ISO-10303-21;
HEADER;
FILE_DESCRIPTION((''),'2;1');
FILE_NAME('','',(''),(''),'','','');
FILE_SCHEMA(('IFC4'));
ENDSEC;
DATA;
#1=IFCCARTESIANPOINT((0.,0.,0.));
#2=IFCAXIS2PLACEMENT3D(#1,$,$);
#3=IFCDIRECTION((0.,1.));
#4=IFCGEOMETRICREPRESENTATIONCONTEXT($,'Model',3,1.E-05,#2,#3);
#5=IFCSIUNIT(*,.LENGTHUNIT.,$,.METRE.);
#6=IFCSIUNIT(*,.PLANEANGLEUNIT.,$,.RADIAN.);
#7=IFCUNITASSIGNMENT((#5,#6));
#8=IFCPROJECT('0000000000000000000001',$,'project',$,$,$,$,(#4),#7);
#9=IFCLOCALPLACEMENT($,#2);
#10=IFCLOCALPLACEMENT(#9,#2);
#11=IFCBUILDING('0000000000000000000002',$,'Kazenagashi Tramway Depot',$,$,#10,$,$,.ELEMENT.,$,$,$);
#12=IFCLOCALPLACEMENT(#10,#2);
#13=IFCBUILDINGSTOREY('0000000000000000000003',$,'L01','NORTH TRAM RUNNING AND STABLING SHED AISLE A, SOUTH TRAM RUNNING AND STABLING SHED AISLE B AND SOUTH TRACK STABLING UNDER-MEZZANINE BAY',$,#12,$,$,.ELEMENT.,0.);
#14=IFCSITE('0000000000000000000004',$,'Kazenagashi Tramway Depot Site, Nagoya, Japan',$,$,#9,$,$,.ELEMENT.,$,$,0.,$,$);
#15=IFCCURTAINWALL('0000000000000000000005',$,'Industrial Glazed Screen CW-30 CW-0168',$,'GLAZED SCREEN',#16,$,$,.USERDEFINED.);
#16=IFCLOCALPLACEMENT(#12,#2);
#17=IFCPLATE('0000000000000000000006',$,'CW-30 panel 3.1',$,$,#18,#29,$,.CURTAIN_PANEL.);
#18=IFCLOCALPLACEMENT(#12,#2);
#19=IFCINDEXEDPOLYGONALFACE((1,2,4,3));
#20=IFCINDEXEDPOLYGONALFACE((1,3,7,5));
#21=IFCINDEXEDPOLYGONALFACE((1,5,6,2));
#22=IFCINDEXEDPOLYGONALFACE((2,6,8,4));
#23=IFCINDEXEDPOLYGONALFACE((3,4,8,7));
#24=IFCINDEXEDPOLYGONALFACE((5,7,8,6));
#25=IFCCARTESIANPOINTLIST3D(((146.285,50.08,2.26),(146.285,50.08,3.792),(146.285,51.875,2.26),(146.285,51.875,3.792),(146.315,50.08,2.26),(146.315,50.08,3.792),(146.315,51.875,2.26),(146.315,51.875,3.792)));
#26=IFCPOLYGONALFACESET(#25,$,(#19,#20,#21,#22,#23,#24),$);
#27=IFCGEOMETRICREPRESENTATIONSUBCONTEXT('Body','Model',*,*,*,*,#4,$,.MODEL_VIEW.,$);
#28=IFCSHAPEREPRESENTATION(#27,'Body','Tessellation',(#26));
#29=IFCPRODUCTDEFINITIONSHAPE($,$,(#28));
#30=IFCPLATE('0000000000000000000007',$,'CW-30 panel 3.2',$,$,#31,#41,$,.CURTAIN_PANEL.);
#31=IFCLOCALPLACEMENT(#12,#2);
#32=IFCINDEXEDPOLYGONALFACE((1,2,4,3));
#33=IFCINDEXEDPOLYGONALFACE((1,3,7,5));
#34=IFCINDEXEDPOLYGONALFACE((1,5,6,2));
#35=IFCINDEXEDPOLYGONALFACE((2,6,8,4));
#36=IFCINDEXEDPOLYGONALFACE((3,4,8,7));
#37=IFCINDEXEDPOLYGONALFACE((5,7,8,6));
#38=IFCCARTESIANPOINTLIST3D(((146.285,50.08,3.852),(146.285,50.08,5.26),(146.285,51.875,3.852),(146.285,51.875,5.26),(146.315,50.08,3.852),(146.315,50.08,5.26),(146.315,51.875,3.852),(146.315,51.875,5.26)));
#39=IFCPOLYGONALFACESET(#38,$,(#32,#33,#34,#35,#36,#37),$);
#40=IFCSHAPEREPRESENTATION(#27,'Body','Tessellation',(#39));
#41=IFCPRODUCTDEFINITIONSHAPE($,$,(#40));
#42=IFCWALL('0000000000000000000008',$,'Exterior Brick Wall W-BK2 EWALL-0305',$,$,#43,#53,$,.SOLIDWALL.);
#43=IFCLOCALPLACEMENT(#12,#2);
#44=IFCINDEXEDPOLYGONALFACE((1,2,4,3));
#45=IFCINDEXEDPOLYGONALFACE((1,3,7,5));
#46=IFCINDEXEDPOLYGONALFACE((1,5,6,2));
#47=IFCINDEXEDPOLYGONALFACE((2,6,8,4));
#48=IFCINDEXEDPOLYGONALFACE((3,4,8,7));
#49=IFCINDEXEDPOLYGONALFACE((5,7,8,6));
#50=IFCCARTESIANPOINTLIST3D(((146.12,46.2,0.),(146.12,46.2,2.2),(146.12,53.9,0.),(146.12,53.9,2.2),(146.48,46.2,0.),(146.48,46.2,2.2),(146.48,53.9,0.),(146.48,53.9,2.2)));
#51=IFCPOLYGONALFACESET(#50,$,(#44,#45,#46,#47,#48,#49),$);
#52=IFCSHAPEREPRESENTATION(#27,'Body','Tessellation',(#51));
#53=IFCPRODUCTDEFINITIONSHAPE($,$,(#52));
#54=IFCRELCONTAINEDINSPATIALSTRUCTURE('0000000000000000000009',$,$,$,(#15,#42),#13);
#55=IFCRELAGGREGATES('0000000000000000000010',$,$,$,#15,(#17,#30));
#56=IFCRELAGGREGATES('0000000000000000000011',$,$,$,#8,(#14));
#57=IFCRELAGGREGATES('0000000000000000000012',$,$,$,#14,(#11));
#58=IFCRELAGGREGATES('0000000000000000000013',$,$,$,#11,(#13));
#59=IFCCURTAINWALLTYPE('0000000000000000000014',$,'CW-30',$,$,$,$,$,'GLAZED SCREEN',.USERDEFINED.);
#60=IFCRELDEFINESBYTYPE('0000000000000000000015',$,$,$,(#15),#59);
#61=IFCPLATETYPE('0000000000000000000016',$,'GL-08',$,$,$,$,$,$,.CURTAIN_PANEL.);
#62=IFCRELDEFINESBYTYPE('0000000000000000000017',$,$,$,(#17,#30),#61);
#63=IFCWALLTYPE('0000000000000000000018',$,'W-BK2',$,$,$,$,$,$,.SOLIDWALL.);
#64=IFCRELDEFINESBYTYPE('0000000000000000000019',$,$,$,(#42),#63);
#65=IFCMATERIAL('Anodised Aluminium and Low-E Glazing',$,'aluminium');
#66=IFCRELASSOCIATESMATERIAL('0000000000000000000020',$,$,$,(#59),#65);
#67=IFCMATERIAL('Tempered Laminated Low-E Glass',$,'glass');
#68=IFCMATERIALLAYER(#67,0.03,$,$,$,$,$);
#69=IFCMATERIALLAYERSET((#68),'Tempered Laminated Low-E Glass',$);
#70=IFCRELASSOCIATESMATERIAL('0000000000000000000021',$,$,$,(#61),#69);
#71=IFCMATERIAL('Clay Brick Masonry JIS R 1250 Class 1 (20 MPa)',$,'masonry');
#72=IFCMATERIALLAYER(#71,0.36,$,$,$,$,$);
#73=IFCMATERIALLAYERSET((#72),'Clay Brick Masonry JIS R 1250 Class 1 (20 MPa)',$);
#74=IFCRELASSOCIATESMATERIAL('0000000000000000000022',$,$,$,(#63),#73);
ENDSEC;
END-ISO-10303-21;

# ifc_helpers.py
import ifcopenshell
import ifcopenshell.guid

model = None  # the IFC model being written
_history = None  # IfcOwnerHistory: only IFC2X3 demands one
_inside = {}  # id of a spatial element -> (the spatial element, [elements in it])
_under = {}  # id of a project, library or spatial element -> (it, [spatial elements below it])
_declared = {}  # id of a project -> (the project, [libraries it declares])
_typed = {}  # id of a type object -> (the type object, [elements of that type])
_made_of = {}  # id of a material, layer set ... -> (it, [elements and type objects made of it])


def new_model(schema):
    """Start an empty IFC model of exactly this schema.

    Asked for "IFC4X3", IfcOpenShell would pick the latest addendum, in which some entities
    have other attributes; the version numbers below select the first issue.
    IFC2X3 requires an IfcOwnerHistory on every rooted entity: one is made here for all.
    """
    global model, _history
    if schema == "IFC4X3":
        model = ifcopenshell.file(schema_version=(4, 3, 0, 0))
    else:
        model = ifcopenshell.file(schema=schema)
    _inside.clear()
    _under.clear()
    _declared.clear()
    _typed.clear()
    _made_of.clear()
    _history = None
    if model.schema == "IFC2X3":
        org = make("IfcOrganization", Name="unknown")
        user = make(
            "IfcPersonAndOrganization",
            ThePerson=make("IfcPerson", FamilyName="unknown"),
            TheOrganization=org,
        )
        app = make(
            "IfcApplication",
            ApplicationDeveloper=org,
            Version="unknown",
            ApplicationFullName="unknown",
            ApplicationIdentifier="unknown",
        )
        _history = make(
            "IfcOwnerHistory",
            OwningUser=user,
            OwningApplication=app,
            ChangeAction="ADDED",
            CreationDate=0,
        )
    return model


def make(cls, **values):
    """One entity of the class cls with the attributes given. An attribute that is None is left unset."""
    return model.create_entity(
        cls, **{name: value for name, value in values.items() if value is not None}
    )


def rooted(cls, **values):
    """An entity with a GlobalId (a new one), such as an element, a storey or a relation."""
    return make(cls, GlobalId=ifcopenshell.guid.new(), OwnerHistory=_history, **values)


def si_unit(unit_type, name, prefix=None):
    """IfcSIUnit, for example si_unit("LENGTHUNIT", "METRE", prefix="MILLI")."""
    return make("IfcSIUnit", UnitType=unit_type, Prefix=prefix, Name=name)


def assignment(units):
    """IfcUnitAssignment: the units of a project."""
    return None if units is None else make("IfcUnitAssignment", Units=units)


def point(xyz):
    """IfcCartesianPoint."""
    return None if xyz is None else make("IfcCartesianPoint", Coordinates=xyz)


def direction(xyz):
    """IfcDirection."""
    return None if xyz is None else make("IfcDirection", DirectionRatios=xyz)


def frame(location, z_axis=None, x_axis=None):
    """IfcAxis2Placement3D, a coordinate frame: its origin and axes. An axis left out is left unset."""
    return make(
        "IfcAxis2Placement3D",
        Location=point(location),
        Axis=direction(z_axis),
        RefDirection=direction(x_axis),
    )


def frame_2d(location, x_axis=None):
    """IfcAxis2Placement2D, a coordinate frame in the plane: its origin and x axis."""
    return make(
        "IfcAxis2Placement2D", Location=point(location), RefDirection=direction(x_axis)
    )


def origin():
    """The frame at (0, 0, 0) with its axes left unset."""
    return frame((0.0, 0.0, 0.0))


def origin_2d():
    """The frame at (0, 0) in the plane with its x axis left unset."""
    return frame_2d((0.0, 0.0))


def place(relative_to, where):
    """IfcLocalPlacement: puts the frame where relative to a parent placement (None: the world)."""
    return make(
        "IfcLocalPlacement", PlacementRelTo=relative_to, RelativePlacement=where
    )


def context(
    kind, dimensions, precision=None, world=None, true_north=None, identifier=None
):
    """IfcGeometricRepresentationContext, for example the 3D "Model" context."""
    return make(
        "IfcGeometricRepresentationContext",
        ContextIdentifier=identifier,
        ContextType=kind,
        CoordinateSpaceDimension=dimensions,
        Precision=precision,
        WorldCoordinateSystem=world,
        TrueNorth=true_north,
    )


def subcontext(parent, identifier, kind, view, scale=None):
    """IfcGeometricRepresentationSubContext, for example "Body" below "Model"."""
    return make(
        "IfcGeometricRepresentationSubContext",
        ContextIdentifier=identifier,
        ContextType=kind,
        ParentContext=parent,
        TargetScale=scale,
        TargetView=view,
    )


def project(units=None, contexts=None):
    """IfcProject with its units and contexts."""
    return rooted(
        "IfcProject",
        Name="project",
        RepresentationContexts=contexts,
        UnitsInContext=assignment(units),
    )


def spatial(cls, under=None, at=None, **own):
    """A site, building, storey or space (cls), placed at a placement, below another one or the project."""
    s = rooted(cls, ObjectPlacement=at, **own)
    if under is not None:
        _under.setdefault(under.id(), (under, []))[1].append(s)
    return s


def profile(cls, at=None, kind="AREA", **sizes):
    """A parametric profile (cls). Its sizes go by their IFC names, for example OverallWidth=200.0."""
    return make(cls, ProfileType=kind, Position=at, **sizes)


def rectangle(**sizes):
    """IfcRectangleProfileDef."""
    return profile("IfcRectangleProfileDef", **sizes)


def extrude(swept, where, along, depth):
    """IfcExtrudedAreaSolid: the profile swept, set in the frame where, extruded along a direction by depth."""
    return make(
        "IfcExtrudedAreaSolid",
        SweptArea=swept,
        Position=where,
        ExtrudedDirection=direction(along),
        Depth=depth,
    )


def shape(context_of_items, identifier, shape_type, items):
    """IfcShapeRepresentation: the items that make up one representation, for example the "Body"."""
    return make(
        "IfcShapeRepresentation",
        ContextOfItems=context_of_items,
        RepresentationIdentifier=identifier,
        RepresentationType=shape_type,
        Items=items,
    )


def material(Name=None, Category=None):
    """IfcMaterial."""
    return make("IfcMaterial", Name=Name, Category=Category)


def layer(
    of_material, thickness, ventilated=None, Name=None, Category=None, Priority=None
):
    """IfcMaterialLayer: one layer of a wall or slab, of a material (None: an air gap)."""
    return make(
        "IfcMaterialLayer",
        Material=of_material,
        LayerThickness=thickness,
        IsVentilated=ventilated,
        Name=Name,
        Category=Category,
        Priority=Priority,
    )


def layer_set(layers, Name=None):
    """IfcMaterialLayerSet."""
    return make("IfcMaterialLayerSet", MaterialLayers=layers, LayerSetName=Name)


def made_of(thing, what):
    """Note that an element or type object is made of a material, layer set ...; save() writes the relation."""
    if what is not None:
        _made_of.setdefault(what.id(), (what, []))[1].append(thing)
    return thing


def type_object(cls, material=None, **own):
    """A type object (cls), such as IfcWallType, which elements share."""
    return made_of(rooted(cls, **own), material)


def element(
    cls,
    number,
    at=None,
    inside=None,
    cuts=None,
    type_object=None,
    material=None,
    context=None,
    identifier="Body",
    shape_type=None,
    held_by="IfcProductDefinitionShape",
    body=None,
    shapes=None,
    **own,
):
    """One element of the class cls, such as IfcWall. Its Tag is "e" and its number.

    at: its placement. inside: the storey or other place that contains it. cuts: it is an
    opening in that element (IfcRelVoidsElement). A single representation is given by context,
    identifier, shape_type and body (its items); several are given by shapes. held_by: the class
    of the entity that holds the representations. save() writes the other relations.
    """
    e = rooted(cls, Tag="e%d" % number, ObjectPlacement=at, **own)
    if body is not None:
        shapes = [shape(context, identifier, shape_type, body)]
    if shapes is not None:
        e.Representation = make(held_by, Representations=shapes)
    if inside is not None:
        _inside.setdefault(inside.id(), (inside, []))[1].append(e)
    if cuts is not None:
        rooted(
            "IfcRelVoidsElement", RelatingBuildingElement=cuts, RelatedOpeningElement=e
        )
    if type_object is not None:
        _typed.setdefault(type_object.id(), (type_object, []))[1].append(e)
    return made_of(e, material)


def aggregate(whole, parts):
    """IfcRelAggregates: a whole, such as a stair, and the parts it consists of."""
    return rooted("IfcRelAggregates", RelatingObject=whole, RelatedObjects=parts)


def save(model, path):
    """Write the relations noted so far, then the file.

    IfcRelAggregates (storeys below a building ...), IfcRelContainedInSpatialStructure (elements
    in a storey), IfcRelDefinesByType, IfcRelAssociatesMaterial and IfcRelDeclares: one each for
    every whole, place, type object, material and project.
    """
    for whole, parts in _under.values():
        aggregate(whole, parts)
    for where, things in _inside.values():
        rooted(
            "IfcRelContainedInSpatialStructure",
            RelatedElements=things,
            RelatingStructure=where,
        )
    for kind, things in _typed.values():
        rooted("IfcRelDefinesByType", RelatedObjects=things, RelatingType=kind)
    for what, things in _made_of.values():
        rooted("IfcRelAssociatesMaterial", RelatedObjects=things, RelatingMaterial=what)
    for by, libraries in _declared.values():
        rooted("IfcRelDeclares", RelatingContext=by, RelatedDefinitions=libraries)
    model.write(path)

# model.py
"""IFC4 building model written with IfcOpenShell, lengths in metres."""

from ifc_helpers import new_model, si_unit, direction, frame, frame_2d, origin, origin_2d, place, context, subcontext, project, spatial, rectangle, extrude, material, layer, layer_set, type_object, element, aggregate, save


model = new_model("IFC4")

# Units and contexts
model_context = context("Model", 3, precision=1e-05, world=origin(), true_north=direction((0.0, 1.0)))
body_context = subcontext(model_context, "Body", "Model", "MODEL_VIEW")
ifc_project = project(units=[si_unit("LENGTHUNIT", "METRE"), si_unit("PLANEANGLEUNIT", "RADIAN")], contexts=[model_context])

# Site, building, storey
site_placement = place(None, origin())
site = spatial("IfcSite", under=ifc_project, at=site_placement, Name="Kazenagashi Tramway Depot Site, Nagoya, Japan", CompositionType="ELEMENT", RefElevation=0.0)
building_placement = place(site_placement, origin())
building = spatial("IfcBuilding", under=site, at=building_placement, Name="Kazenagashi Tramway Depot", CompositionType="ELEMENT")
storey_placement = place(building_placement, origin())
storey = spatial("IfcBuildingStorey", under=building, at=storey_placement, Name="L01", Description="NORTH TRAM RUNNING AND STABLING SHED AISLE A, SOUTH TRAM RUNNING AND STABLING SHED AISLE B AND SOUTH TRACK STABLING UNDER-MEZZANINE BAY", CompositionType="ELEMENT", Elevation=0.0)

# Shared definitions
ifc_material_1 = material(Name="Anodised Aluminium and Low-E Glazing", Category="aluminium")
curtain_wall_type = type_object("IfcCurtainWallType", Name="CW-30", ElementType="GLAZED SCREEN", PredefinedType="USERDEFINED", material=ifc_material_1)

# Curtain wall, plates
curtain_wall_1_placement = place(storey_placement, origin())
curtain_wall_1 = element("IfcCurtainWall", 1, at=curtain_wall_1_placement, inside=storey, type_object=curtain_wall_type, Name="Industrial Glazed Screen CW-30 CW-0168", ObjectType="GLAZED SCREEN", PredefinedType="USERDEFINED")
ifc_material_2 = material(Name="Tempered Laminated Low-E Glass", Category="glass")
ifc_layer_1 = layer(ifc_material_2, 0.03)
ifc_layer_set_1 = layer_set([ifc_layer_1], Name="Tempered Laminated Low-E Glass")
plate_type = type_object("IfcPlateType", Name="GL-08", PredefinedType="CURTAIN_PANEL", material=ifc_layer_set_1)
plate_1_placement = place(storey_placement, frame((146.3, 50.9775, 2.26), z_axis=(0.0, 0.0, 1.0), x_axis=(0.0, 1.0, 0.0)))
plate_1 = element("IfcPlate", 2, at=plate_1_placement, type_object=plate_type, Name="CW-30 panel 3.1", PredefinedType="CURTAIN_PANEL", context=body_context, shape_type="SweptSolid", body=[
    extrude(rectangle(XDim=1.795, YDim=0.03, at=origin_2d()), origin(), (0.0, 0.0, 1.0), 1.532),
])
plate_2_placement = place(storey_placement, frame((146.3, 50.9775, 3.852), z_axis=(0.0, 0.0, 1.0), x_axis=(0.0, 1.0, 0.0)))
plate_2 = element("IfcPlate", 3, at=plate_2_placement, type_object=plate_type, Name="CW-30 panel 3.2", PredefinedType="CURTAIN_PANEL", context=body_context, shape_type="SweptSolid", body=[
    extrude(rectangle(XDim=1.795, YDim=0.03, at=origin_2d()), origin(), (0.0, 0.0, 1.0), 1.408),
])
aggregate(curtain_wall_1, [plate_1, plate_2])

# Wall
ifc_material_3 = material(Name="Clay Brick Masonry JIS R 1250 Class 1 (20 MPa)", Category="masonry")
ifc_layer_2 = layer(ifc_material_3, 0.36)
ifc_layer_set_2 = layer_set([ifc_layer_2], Name="Clay Brick Masonry JIS R 1250 Class 1 (20 MPa)")
wall_type = type_object("IfcWallType", Name="W-BK2", PredefinedType="SOLIDWALL", material=ifc_layer_set_2)
wall_placement = place(storey_placement, frame((146.3, 46.2, 0.0), z_axis=(0.0, 0.0, 1.0), x_axis=(0.0, 1.0, 0.0)))
element("IfcWall", 4, at=wall_placement, inside=storey, type_object=wall_type, Name="Exterior Brick Wall W-BK2 EWALL-0305", PredefinedType="SOLIDWALL", context=body_context, shape_type="SweptSolid", body=[
    extrude(rectangle(XDim=7.7, YDim=0.36, at=frame_2d((3.85, 0.0))), origin(), (0.0, 0.0, 1.0), 2.2),
])

save(model, "model.ifc")
